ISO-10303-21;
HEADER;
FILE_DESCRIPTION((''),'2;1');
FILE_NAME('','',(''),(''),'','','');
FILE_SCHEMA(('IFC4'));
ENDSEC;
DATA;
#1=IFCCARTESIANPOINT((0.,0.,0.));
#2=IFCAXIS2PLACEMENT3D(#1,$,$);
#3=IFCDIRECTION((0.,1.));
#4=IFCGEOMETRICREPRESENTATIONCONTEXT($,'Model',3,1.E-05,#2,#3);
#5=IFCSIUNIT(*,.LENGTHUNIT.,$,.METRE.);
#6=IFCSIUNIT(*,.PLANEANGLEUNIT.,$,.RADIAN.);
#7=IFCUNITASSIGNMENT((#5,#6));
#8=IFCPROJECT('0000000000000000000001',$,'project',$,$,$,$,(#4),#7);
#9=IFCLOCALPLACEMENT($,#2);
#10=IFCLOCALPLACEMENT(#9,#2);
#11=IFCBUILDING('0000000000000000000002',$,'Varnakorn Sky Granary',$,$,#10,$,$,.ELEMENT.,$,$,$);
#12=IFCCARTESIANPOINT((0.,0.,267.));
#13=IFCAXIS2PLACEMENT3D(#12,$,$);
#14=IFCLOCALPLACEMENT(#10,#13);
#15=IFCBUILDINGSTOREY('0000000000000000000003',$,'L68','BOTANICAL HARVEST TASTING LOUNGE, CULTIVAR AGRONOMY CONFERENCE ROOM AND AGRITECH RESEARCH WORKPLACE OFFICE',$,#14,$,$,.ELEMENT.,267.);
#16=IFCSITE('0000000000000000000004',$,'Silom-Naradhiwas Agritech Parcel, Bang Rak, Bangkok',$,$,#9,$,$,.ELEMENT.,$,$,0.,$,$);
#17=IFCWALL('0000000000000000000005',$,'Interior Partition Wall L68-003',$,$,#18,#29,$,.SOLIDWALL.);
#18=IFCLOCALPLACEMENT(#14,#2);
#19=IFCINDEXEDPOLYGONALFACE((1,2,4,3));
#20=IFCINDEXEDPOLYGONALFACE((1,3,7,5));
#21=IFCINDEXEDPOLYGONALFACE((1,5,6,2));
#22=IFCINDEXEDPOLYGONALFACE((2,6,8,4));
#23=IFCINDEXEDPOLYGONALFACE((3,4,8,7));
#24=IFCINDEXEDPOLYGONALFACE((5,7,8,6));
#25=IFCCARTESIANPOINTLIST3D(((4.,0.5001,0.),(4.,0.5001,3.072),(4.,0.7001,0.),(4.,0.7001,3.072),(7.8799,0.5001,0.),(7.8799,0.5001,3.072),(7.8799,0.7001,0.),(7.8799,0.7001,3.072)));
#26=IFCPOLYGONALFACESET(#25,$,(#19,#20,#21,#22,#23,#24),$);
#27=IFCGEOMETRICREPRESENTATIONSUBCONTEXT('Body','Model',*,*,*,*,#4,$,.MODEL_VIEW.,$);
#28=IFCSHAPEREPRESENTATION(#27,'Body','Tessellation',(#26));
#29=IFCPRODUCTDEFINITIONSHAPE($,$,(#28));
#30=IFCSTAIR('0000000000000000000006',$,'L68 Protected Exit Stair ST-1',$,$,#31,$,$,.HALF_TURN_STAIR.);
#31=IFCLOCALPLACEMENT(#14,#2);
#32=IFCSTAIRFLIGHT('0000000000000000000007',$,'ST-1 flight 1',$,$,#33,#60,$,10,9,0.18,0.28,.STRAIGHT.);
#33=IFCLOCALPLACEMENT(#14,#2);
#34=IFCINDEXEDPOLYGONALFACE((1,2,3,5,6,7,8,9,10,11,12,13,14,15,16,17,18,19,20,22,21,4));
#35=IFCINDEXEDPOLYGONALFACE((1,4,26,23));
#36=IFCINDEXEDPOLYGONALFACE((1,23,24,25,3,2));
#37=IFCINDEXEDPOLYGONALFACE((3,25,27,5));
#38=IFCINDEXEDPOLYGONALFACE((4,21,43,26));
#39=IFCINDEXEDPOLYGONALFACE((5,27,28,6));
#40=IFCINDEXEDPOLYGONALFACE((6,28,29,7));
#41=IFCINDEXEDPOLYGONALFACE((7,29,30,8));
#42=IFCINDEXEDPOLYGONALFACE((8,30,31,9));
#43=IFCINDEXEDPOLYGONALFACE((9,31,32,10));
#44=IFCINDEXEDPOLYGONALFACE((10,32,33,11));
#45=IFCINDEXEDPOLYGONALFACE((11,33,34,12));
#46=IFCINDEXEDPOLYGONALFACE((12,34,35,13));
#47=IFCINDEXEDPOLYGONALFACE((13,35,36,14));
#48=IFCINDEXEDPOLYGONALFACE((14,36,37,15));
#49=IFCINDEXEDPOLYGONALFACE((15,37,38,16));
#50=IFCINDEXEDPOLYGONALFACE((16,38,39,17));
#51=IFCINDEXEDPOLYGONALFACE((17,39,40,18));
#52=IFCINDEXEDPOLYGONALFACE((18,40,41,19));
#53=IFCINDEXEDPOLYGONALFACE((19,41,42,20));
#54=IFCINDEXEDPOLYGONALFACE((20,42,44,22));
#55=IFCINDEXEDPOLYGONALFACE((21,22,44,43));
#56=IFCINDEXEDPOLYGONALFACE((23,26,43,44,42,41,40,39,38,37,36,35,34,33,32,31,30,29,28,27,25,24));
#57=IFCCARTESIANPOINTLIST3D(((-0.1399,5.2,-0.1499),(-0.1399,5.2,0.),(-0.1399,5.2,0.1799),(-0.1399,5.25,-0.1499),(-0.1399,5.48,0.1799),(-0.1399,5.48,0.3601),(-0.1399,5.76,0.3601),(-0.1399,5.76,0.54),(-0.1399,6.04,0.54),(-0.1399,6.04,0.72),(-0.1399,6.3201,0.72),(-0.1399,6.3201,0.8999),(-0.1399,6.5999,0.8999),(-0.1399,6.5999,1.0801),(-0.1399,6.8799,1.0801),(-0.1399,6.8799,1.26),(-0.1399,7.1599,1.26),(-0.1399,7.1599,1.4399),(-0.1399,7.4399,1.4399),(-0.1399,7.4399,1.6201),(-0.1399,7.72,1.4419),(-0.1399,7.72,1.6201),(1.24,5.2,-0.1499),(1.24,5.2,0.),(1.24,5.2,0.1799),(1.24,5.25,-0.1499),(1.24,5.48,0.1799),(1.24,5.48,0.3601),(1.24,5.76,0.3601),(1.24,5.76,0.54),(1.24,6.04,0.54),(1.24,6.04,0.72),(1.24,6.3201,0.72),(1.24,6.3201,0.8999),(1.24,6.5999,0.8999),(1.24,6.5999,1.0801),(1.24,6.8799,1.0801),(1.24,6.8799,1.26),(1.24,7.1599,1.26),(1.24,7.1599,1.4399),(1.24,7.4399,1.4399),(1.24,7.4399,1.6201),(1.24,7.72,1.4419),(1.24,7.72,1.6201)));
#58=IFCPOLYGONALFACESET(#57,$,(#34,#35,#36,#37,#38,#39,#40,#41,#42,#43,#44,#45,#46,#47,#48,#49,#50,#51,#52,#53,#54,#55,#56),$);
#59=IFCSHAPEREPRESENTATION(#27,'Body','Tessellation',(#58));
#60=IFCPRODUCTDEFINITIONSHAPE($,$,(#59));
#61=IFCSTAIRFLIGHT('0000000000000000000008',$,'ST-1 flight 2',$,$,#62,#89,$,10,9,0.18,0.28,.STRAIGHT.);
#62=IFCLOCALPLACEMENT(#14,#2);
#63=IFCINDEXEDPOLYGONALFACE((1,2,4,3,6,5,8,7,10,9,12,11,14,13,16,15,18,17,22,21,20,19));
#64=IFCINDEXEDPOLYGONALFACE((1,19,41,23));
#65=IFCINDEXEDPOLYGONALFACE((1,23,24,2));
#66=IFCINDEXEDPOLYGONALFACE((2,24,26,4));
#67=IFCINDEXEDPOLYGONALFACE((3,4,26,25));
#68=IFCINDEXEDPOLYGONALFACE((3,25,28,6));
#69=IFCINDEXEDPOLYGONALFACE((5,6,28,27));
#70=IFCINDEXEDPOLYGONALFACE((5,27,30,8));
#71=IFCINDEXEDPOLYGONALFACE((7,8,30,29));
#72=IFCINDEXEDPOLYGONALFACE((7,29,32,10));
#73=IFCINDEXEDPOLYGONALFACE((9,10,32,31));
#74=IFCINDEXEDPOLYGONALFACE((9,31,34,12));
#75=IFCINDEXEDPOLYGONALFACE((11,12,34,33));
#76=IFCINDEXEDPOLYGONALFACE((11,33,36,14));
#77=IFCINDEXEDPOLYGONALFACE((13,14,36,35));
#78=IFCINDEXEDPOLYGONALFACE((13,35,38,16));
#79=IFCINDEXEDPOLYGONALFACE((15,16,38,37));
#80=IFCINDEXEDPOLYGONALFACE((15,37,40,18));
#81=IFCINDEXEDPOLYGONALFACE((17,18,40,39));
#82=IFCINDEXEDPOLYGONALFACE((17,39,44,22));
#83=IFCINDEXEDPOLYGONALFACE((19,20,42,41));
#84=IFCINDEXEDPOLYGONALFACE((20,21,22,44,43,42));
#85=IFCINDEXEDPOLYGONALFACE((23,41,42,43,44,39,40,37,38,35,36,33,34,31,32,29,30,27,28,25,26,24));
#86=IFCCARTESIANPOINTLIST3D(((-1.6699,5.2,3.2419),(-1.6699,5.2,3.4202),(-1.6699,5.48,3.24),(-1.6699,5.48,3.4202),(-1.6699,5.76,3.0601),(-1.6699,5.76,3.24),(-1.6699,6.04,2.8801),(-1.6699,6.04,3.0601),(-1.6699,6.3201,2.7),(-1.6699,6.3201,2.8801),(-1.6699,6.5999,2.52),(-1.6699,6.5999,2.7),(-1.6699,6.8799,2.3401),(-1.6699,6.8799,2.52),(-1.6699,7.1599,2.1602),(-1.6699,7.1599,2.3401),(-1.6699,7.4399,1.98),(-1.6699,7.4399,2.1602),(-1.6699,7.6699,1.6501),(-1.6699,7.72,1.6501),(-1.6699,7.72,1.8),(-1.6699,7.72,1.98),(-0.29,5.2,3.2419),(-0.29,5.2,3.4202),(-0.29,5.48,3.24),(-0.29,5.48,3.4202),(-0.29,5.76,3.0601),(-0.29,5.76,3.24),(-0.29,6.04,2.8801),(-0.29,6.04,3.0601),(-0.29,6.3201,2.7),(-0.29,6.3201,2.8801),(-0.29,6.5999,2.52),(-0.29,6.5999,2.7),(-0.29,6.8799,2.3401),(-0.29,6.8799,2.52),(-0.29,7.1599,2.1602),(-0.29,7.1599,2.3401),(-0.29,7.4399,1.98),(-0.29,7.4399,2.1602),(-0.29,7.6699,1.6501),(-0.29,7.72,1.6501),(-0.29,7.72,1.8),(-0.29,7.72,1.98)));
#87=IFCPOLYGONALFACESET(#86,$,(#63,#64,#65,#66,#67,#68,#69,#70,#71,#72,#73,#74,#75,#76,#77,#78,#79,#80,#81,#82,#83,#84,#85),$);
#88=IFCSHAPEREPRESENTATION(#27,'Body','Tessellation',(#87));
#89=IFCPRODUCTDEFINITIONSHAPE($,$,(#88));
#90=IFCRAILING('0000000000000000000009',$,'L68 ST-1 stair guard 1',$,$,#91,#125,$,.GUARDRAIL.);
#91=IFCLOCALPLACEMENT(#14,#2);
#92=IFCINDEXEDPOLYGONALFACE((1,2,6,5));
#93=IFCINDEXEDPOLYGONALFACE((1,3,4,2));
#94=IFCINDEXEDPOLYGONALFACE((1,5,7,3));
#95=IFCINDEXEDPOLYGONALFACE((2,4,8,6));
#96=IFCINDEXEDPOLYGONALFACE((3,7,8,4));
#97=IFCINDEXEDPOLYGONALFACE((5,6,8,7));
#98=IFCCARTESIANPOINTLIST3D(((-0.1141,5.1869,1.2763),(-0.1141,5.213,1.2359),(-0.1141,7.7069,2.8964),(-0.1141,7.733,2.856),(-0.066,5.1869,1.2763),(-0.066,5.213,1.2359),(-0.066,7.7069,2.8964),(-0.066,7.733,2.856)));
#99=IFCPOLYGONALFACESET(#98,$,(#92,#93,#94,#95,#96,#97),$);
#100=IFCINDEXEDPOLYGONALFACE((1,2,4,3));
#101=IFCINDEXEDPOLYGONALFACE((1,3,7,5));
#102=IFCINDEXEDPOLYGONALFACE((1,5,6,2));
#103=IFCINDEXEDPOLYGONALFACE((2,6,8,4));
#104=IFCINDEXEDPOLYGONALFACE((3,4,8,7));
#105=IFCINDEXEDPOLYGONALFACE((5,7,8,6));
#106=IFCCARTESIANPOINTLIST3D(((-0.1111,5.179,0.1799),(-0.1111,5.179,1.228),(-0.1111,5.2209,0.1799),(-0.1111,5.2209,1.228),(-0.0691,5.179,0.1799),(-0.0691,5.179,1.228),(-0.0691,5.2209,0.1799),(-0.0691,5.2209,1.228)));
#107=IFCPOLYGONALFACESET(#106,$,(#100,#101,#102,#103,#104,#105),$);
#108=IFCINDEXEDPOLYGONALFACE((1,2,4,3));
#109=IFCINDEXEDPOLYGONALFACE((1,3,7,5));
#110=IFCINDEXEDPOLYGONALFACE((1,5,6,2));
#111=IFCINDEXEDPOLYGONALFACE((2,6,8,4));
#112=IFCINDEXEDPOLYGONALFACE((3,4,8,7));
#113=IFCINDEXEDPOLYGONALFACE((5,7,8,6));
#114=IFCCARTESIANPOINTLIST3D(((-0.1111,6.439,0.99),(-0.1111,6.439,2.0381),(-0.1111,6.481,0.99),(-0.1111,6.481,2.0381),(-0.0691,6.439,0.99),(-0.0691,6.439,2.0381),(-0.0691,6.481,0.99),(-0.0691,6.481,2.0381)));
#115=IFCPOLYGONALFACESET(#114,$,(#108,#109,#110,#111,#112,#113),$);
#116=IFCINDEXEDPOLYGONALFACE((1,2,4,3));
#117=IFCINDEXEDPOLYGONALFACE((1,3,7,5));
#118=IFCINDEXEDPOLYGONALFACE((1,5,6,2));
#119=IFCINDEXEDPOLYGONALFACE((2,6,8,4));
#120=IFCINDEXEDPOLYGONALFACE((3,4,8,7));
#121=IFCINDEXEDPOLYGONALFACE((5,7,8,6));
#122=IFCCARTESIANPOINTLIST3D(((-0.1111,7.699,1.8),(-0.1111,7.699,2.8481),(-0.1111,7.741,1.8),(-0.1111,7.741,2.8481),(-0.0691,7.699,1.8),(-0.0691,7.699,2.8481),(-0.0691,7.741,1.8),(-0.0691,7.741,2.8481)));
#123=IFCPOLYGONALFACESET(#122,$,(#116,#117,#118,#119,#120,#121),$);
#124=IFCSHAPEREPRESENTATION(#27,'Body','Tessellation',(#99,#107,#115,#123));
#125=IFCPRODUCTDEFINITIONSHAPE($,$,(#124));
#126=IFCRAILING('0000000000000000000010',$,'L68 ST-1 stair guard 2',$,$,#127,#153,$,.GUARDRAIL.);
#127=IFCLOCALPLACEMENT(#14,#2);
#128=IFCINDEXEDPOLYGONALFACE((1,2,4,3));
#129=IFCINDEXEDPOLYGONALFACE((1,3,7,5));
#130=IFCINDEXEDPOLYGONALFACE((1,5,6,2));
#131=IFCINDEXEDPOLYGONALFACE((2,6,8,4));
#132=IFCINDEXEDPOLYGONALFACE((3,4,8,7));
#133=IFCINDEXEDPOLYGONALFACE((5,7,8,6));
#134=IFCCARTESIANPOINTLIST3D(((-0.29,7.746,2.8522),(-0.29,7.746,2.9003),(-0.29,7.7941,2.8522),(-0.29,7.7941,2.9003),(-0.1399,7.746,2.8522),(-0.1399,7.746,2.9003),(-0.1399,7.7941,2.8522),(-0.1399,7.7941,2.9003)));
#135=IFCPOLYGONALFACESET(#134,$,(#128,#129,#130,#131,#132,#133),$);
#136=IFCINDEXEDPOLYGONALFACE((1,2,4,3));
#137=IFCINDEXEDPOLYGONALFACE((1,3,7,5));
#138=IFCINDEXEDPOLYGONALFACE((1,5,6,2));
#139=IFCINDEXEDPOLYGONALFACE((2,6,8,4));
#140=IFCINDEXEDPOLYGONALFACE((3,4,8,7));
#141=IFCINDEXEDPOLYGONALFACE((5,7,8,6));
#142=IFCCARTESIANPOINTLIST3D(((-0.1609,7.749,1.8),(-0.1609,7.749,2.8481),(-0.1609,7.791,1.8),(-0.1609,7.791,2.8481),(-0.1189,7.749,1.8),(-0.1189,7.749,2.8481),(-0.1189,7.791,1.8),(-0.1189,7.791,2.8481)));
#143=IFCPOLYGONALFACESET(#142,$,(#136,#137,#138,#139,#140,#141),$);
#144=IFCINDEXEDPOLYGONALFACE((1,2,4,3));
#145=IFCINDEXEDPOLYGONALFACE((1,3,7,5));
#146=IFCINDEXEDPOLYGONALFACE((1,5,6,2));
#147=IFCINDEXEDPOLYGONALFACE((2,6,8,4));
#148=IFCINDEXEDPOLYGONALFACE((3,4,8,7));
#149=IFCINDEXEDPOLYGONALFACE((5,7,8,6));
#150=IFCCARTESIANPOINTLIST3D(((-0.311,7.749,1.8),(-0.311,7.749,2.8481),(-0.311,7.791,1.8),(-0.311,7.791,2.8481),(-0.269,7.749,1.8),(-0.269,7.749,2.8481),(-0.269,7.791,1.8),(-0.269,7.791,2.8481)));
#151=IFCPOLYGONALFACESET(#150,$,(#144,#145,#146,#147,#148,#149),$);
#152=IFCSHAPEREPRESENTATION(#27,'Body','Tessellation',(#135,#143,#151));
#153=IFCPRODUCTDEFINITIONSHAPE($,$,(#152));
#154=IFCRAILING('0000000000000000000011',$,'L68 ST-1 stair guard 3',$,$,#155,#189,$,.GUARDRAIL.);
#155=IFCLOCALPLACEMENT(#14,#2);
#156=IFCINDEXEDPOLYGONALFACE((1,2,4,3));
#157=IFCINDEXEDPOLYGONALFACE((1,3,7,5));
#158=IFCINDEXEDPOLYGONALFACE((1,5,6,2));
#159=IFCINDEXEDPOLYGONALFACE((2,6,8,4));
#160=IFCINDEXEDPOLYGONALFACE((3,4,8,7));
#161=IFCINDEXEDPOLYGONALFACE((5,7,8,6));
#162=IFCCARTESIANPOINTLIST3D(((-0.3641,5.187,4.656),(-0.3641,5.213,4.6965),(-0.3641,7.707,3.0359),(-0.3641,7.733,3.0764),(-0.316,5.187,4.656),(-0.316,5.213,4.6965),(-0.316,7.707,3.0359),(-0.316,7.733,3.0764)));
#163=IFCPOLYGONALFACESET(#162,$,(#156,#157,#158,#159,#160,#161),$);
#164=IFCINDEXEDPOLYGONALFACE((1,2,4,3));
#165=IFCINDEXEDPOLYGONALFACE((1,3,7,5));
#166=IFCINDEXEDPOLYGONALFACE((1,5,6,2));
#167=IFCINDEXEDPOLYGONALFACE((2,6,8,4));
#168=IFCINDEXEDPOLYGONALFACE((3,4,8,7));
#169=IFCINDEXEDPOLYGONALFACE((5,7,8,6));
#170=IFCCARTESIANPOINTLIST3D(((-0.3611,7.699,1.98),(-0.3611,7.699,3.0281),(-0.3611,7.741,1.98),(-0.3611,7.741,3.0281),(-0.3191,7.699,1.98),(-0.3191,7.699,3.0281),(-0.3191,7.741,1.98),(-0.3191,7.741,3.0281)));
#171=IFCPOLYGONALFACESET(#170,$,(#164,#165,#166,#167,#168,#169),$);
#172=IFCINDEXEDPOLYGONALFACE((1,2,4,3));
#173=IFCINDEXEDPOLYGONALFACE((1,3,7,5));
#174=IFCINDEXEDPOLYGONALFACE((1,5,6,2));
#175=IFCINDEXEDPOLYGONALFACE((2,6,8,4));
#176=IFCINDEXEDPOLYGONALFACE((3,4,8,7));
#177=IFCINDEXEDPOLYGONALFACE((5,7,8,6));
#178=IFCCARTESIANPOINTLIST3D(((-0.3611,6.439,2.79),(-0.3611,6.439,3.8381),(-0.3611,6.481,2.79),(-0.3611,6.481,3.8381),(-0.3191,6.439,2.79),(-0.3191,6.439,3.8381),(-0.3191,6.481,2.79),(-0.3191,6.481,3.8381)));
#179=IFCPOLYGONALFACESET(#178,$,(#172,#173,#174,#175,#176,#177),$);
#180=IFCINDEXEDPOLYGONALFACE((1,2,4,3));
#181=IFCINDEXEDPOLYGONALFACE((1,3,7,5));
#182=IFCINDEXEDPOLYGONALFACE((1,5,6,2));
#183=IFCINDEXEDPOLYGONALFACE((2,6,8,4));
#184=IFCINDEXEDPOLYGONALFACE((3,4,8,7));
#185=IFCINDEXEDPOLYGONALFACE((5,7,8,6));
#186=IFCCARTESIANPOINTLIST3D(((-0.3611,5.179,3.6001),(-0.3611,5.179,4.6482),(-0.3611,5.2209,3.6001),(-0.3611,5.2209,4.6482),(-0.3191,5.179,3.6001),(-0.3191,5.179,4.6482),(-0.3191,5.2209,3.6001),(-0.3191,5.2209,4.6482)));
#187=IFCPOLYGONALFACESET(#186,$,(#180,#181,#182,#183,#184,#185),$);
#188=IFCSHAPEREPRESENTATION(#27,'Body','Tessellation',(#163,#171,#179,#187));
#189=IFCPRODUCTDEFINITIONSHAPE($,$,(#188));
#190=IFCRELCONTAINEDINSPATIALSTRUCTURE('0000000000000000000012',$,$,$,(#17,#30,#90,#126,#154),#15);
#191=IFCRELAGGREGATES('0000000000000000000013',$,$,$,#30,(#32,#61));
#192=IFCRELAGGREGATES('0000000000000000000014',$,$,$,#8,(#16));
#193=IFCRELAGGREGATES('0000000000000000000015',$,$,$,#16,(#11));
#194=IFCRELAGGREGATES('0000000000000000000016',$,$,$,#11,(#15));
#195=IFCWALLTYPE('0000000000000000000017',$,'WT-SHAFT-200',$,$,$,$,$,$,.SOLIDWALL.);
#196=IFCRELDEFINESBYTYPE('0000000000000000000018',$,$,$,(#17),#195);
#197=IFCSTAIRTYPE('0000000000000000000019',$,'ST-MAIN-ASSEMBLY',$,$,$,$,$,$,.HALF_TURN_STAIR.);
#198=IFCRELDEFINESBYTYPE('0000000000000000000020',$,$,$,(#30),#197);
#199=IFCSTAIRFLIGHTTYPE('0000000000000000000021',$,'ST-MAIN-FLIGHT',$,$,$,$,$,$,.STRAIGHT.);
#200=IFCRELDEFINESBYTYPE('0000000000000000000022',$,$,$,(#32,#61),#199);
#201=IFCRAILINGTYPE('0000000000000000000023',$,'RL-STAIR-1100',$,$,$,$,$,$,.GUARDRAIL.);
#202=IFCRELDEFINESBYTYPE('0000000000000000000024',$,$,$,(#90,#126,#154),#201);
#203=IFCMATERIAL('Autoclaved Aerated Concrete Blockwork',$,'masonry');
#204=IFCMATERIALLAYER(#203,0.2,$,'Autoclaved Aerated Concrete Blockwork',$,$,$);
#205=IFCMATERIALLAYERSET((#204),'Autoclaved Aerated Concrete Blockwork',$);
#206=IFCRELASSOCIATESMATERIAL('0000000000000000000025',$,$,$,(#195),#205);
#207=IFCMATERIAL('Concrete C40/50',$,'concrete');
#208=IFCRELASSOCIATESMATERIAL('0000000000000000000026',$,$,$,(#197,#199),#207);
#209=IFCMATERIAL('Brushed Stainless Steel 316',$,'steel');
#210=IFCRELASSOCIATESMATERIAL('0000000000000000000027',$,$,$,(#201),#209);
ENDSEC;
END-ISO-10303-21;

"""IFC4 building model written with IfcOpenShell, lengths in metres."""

from ifc_helpers import new_model, si_unit, direction, frame, frame_2d, origin, origin_2d, place, context, subcontext, project, spatial, polyline, rectangle, outline, extrude, material, layer, layer_set, type_object, element, aggregate, save


model = new_model("IFC4")

# Units and contexts
model_context = context("Model", 3, precision=1e-05, world=origin(), true_north=direction((0.0, 1.0)))
body_context = subcontext(model_context, "Body", "Model", "MODEL_VIEW")
ifc_project = project(units=[si_unit("LENGTHUNIT", "METRE"), si_unit("PLANEANGLEUNIT", "RADIAN")], contexts=[model_context])

# Site, building, storey
site_placement = place(None, origin())
site = spatial("IfcSite", under=ifc_project, at=site_placement, Name="Silom-Naradhiwas Agritech Parcel, Bang Rak, Bangkok", CompositionType="ELEMENT", RefElevation=0.0)
building_placement = place(site_placement, origin())
building = spatial("IfcBuilding", under=site, at=building_placement, Name="Varnakorn Sky Granary", CompositionType="ELEMENT")
storey_placement = place(building_placement, frame((0.0, 0.0, 267.0)))
storey = spatial("IfcBuildingStorey", under=building, at=storey_placement, Name="L68", Description="BOTANICAL HARVEST TASTING LOUNGE, CULTIVAR AGRONOMY CONFERENCE ROOM AND AGRITECH RESEARCH WORKPLACE OFFICE", CompositionType="ELEMENT", Elevation=267.0)

# Shared definitions
ifc_material_1 = material(Name="Autoclaved Aerated Concrete Blockwork", Category="masonry")

# Wall
ifc_layer_1 = layer(ifc_material_1, 0.2, Name="Autoclaved Aerated Concrete Blockwork")
ifc_layer_set_1 = layer_set([ifc_layer_1], Name="Autoclaved Aerated Concrete Blockwork")
wall_type_1 = type_object("IfcWallType", Name="WT-SHAFT-200", PredefinedType="SOLIDWALL", material=ifc_layer_set_1)
wall_1_placement = place(storey_placement, frame((4.0, 0.6001, 0.0), z_axis=(0.0, 0.0, 1.0), x_axis=(1.0, 0.0, 0.0)))
element("IfcWall", 1, at=wall_1_placement, inside=storey, type_object=wall_type_1, Name="Interior Partition Wall L68-003", PredefinedType="SOLIDWALL", context=body_context, shape_type="SweptSolid", body=[
    extrude(rectangle(XDim=3.8799, YDim=0.2, at=frame_2d((1.9399, 0.0))), origin(), (0.0, 0.0, 1.0), 3.072),
])

# Stair, stair flights
ifc_material_2 = material(Name="Concrete C40/50", Category="concrete")
stair_type = type_object("IfcStairType", Name="ST-MAIN-ASSEMBLY", PredefinedType="HALF_TURN_STAIR", material=ifc_material_2)
stair_placement = place(storey_placement, origin())
stair = element("IfcStair", 2, at=stair_placement, inside=storey, type_object=stair_type, Name="L68 Protected Exit Stair ST-1", PredefinedType="HALF_TURN_STAIR")
stair_flight_type = type_object("IfcStairFlightType", Name="ST-MAIN-FLIGHT", PredefinedType="STRAIGHT", material=ifc_material_2)
stair_flight_1_placement = place(storey_placement, frame((0.55, 5.2, 0.0), z_axis=(0.0, 0.0, 1.0), x_axis=(0.0, 1.0, 0.0)))
stair_flight_1 = element("IfcStairFlight", 3, at=stair_flight_1_placement, type_object=stair_flight_type, Name="ST-1 flight 1", NumberOfRisers=10, NumberOfTreads=9, PredefinedType="STRAIGHT", RiserHeight=0.18, TreadLength=0.28, context=body_context, shape_type="SweptSolid", body=[
    extrude(outline(polyline([(0.0, -0.1499), (0.0, 0.0), (0.0, 0.1799), (0.28, 0.1799), (0.28, 0.3601), (0.5601, 0.3601), (0.5601, 0.54), (0.8401, 0.54), (0.8401, 0.72), (1.1201, 0.72), (1.1201, 0.8999), (1.3999, 0.8999), (1.3999, 1.0801), (1.6799, 1.0801), (1.6799, 1.26), (1.96, 1.26), (1.96, 1.4399), (2.24, 1.4399), (2.24, 1.6201), (2.52, 1.6201), (2.52, 1.8), (2.52, 1.4419), (0.05, -0.1499), (0.0, -0.1499)])), frame((0.0, 0.6899, 0.0), z_axis=(0.0, -1.0, 0.0), x_axis=(1.0, 0.0, 0.0)), (0.0, 0.0, 1.0), 1.3799),
])
stair_flight_2_placement = place(storey_placement, frame((-0.98, 7.72, 1.8), z_axis=(0.0, 0.0, 1.0), x_axis=(0.0, -1.0, 0.0)))
stair_flight_2 = element("IfcStairFlight", 4, at=stair_flight_2_placement, type_object=stair_flight_type, Name="ST-1 flight 2", NumberOfRisers=10, NumberOfTreads=9, PredefinedType="STRAIGHT", RiserHeight=0.18, TreadLength=0.28, context=body_context, shape_type="SweptSolid", body=[
    extrude(outline(polyline([(0.0, -0.1499), (0.0, 0.0), (0.0, 0.1799), (0.28, 0.1799), (0.28, 0.3601), (0.5601, 0.3601), (0.5601, 0.54), (0.8401, 0.54), (0.8401, 0.72), (1.1201, 0.72), (1.1201, 0.8999), (1.3999, 0.8999), (1.3999, 1.0801), (1.6799, 1.0801), (1.6799, 1.26), (1.96, 1.26), (1.96, 1.4399), (2.24, 1.4399), (2.24, 1.6201), (2.52, 1.6201), (2.52, 1.8), (2.52, 1.4419), (0.05, -0.1499), (0.0, -0.1499)])), frame((0.0, 0.6899, 0.0), z_axis=(0.0, -1.0, 0.0), x_axis=(1.0, 0.0, 0.0)), (0.0, 0.0, 1.0), 1.3799),
])
aggregate(stair, [stair_flight_1, stair_flight_2])

# Railings
ifc_material_3 = material(Name="Brushed Stainless Steel 316", Category="steel")
railing_type_1 = type_object("IfcRailingType", Name="RL-STAIR-1100", PredefinedType="GUARDRAIL", material=ifc_material_3)
railing_1_placement = place(storey_placement, frame((-0.0901, 5.2, 0.1799)))
element("IfcRailing", 5, at=railing_1_placement, inside=storey, type_object=railing_type_1, Name="L68 ST-1 stair guard 1", PredefinedType="GUARDRAIL", context=body_context, shape_type="SweptSolid", body=[
    extrude(rectangle(XDim=0.0481, YDim=0.0481, at=origin_2d()), frame((0.0, 0.0, 1.0762), z_axis=(0.0, 0.841163, 0.540782), x_axis=(-1.0, 0.0, 0.0)), (0.0, 0.0, 1.0), 2.9958),
    extrude(rectangle(XDim=0.042, YDim=0.042, at=origin_2d()), origin(), (0.0, 0.0, 1.0), 1.0481),
    extrude(rectangle(XDim=0.042, YDim=0.042, at=origin_2d()), frame((0.0, 1.26, 0.8101)), (0.0, 0.0, 1.0), 1.0481),
    extrude(rectangle(XDim=0.042, YDim=0.042, at=origin_2d()), frame((0.0, 2.52, 1.6201)), (0.0, 0.0, 1.0), 1.0481),
])
railing_2_placement = place(storey_placement, frame((-0.1399, 7.77, 1.8)))
element("IfcRailing", 6, at=railing_2_placement, inside=storey, type_object=railing_type_1, Name="L68 ST-1 stair guard 2", PredefinedType="GUARDRAIL", context=body_context, shape_type="SweptSolid", body=[
    extrude(rectangle(XDim=0.0481, YDim=0.0481, at=origin_2d()), frame((0.0, 0.0, 1.0762), z_axis=(-1.0, 0.0, 0.0), x_axis=(0.0, -1.0, 0.0)), (0.0, 0.0, 1.0), 0.1501),
    extrude(rectangle(XDim=0.042, YDim=0.042, at=origin_2d()), origin(), (0.0, 0.0, 1.0), 1.0481),
    extrude(rectangle(XDim=0.042, YDim=0.042, at=origin_2d()), frame((-0.1501, 0.0, 0.0)), (0.0, 0.0, 1.0), 1.0481),
])
railing_3_placement = place(storey_placement, frame((-0.3401, 7.72, 1.98)))
element("IfcRailing", 7, at=railing_3_placement, inside=storey, type_object=railing_type_1, Name="L68 ST-1 stair guard 3", PredefinedType="GUARDRAIL", context=body_context, shape_type="SweptSolid", body=[
    extrude(rectangle(XDim=0.0481, YDim=0.0481, at=origin_2d()), frame((0.0, 0.0, 1.0762), z_axis=(0.0, -0.841163, 0.540782), x_axis=(1.0, 0.0, 0.0)), (0.0, 0.0, 1.0), 2.9958),
    extrude(rectangle(XDim=0.042, YDim=0.042, at=origin_2d()), origin(), (0.0, 0.0, 1.0), 1.0481),
    extrude(rectangle(XDim=0.042, YDim=0.042, at=origin_2d()), frame((0.0, -1.26, 0.8101)), (0.0, 0.0, 1.0), 1.0481),
    extrude(rectangle(XDim=0.042, YDim=0.042, at=origin_2d()), frame((0.0, -2.52, 1.6201)), (0.0, 0.0, 1.0), 1.0481),
])

save(model, "model.ifc")
